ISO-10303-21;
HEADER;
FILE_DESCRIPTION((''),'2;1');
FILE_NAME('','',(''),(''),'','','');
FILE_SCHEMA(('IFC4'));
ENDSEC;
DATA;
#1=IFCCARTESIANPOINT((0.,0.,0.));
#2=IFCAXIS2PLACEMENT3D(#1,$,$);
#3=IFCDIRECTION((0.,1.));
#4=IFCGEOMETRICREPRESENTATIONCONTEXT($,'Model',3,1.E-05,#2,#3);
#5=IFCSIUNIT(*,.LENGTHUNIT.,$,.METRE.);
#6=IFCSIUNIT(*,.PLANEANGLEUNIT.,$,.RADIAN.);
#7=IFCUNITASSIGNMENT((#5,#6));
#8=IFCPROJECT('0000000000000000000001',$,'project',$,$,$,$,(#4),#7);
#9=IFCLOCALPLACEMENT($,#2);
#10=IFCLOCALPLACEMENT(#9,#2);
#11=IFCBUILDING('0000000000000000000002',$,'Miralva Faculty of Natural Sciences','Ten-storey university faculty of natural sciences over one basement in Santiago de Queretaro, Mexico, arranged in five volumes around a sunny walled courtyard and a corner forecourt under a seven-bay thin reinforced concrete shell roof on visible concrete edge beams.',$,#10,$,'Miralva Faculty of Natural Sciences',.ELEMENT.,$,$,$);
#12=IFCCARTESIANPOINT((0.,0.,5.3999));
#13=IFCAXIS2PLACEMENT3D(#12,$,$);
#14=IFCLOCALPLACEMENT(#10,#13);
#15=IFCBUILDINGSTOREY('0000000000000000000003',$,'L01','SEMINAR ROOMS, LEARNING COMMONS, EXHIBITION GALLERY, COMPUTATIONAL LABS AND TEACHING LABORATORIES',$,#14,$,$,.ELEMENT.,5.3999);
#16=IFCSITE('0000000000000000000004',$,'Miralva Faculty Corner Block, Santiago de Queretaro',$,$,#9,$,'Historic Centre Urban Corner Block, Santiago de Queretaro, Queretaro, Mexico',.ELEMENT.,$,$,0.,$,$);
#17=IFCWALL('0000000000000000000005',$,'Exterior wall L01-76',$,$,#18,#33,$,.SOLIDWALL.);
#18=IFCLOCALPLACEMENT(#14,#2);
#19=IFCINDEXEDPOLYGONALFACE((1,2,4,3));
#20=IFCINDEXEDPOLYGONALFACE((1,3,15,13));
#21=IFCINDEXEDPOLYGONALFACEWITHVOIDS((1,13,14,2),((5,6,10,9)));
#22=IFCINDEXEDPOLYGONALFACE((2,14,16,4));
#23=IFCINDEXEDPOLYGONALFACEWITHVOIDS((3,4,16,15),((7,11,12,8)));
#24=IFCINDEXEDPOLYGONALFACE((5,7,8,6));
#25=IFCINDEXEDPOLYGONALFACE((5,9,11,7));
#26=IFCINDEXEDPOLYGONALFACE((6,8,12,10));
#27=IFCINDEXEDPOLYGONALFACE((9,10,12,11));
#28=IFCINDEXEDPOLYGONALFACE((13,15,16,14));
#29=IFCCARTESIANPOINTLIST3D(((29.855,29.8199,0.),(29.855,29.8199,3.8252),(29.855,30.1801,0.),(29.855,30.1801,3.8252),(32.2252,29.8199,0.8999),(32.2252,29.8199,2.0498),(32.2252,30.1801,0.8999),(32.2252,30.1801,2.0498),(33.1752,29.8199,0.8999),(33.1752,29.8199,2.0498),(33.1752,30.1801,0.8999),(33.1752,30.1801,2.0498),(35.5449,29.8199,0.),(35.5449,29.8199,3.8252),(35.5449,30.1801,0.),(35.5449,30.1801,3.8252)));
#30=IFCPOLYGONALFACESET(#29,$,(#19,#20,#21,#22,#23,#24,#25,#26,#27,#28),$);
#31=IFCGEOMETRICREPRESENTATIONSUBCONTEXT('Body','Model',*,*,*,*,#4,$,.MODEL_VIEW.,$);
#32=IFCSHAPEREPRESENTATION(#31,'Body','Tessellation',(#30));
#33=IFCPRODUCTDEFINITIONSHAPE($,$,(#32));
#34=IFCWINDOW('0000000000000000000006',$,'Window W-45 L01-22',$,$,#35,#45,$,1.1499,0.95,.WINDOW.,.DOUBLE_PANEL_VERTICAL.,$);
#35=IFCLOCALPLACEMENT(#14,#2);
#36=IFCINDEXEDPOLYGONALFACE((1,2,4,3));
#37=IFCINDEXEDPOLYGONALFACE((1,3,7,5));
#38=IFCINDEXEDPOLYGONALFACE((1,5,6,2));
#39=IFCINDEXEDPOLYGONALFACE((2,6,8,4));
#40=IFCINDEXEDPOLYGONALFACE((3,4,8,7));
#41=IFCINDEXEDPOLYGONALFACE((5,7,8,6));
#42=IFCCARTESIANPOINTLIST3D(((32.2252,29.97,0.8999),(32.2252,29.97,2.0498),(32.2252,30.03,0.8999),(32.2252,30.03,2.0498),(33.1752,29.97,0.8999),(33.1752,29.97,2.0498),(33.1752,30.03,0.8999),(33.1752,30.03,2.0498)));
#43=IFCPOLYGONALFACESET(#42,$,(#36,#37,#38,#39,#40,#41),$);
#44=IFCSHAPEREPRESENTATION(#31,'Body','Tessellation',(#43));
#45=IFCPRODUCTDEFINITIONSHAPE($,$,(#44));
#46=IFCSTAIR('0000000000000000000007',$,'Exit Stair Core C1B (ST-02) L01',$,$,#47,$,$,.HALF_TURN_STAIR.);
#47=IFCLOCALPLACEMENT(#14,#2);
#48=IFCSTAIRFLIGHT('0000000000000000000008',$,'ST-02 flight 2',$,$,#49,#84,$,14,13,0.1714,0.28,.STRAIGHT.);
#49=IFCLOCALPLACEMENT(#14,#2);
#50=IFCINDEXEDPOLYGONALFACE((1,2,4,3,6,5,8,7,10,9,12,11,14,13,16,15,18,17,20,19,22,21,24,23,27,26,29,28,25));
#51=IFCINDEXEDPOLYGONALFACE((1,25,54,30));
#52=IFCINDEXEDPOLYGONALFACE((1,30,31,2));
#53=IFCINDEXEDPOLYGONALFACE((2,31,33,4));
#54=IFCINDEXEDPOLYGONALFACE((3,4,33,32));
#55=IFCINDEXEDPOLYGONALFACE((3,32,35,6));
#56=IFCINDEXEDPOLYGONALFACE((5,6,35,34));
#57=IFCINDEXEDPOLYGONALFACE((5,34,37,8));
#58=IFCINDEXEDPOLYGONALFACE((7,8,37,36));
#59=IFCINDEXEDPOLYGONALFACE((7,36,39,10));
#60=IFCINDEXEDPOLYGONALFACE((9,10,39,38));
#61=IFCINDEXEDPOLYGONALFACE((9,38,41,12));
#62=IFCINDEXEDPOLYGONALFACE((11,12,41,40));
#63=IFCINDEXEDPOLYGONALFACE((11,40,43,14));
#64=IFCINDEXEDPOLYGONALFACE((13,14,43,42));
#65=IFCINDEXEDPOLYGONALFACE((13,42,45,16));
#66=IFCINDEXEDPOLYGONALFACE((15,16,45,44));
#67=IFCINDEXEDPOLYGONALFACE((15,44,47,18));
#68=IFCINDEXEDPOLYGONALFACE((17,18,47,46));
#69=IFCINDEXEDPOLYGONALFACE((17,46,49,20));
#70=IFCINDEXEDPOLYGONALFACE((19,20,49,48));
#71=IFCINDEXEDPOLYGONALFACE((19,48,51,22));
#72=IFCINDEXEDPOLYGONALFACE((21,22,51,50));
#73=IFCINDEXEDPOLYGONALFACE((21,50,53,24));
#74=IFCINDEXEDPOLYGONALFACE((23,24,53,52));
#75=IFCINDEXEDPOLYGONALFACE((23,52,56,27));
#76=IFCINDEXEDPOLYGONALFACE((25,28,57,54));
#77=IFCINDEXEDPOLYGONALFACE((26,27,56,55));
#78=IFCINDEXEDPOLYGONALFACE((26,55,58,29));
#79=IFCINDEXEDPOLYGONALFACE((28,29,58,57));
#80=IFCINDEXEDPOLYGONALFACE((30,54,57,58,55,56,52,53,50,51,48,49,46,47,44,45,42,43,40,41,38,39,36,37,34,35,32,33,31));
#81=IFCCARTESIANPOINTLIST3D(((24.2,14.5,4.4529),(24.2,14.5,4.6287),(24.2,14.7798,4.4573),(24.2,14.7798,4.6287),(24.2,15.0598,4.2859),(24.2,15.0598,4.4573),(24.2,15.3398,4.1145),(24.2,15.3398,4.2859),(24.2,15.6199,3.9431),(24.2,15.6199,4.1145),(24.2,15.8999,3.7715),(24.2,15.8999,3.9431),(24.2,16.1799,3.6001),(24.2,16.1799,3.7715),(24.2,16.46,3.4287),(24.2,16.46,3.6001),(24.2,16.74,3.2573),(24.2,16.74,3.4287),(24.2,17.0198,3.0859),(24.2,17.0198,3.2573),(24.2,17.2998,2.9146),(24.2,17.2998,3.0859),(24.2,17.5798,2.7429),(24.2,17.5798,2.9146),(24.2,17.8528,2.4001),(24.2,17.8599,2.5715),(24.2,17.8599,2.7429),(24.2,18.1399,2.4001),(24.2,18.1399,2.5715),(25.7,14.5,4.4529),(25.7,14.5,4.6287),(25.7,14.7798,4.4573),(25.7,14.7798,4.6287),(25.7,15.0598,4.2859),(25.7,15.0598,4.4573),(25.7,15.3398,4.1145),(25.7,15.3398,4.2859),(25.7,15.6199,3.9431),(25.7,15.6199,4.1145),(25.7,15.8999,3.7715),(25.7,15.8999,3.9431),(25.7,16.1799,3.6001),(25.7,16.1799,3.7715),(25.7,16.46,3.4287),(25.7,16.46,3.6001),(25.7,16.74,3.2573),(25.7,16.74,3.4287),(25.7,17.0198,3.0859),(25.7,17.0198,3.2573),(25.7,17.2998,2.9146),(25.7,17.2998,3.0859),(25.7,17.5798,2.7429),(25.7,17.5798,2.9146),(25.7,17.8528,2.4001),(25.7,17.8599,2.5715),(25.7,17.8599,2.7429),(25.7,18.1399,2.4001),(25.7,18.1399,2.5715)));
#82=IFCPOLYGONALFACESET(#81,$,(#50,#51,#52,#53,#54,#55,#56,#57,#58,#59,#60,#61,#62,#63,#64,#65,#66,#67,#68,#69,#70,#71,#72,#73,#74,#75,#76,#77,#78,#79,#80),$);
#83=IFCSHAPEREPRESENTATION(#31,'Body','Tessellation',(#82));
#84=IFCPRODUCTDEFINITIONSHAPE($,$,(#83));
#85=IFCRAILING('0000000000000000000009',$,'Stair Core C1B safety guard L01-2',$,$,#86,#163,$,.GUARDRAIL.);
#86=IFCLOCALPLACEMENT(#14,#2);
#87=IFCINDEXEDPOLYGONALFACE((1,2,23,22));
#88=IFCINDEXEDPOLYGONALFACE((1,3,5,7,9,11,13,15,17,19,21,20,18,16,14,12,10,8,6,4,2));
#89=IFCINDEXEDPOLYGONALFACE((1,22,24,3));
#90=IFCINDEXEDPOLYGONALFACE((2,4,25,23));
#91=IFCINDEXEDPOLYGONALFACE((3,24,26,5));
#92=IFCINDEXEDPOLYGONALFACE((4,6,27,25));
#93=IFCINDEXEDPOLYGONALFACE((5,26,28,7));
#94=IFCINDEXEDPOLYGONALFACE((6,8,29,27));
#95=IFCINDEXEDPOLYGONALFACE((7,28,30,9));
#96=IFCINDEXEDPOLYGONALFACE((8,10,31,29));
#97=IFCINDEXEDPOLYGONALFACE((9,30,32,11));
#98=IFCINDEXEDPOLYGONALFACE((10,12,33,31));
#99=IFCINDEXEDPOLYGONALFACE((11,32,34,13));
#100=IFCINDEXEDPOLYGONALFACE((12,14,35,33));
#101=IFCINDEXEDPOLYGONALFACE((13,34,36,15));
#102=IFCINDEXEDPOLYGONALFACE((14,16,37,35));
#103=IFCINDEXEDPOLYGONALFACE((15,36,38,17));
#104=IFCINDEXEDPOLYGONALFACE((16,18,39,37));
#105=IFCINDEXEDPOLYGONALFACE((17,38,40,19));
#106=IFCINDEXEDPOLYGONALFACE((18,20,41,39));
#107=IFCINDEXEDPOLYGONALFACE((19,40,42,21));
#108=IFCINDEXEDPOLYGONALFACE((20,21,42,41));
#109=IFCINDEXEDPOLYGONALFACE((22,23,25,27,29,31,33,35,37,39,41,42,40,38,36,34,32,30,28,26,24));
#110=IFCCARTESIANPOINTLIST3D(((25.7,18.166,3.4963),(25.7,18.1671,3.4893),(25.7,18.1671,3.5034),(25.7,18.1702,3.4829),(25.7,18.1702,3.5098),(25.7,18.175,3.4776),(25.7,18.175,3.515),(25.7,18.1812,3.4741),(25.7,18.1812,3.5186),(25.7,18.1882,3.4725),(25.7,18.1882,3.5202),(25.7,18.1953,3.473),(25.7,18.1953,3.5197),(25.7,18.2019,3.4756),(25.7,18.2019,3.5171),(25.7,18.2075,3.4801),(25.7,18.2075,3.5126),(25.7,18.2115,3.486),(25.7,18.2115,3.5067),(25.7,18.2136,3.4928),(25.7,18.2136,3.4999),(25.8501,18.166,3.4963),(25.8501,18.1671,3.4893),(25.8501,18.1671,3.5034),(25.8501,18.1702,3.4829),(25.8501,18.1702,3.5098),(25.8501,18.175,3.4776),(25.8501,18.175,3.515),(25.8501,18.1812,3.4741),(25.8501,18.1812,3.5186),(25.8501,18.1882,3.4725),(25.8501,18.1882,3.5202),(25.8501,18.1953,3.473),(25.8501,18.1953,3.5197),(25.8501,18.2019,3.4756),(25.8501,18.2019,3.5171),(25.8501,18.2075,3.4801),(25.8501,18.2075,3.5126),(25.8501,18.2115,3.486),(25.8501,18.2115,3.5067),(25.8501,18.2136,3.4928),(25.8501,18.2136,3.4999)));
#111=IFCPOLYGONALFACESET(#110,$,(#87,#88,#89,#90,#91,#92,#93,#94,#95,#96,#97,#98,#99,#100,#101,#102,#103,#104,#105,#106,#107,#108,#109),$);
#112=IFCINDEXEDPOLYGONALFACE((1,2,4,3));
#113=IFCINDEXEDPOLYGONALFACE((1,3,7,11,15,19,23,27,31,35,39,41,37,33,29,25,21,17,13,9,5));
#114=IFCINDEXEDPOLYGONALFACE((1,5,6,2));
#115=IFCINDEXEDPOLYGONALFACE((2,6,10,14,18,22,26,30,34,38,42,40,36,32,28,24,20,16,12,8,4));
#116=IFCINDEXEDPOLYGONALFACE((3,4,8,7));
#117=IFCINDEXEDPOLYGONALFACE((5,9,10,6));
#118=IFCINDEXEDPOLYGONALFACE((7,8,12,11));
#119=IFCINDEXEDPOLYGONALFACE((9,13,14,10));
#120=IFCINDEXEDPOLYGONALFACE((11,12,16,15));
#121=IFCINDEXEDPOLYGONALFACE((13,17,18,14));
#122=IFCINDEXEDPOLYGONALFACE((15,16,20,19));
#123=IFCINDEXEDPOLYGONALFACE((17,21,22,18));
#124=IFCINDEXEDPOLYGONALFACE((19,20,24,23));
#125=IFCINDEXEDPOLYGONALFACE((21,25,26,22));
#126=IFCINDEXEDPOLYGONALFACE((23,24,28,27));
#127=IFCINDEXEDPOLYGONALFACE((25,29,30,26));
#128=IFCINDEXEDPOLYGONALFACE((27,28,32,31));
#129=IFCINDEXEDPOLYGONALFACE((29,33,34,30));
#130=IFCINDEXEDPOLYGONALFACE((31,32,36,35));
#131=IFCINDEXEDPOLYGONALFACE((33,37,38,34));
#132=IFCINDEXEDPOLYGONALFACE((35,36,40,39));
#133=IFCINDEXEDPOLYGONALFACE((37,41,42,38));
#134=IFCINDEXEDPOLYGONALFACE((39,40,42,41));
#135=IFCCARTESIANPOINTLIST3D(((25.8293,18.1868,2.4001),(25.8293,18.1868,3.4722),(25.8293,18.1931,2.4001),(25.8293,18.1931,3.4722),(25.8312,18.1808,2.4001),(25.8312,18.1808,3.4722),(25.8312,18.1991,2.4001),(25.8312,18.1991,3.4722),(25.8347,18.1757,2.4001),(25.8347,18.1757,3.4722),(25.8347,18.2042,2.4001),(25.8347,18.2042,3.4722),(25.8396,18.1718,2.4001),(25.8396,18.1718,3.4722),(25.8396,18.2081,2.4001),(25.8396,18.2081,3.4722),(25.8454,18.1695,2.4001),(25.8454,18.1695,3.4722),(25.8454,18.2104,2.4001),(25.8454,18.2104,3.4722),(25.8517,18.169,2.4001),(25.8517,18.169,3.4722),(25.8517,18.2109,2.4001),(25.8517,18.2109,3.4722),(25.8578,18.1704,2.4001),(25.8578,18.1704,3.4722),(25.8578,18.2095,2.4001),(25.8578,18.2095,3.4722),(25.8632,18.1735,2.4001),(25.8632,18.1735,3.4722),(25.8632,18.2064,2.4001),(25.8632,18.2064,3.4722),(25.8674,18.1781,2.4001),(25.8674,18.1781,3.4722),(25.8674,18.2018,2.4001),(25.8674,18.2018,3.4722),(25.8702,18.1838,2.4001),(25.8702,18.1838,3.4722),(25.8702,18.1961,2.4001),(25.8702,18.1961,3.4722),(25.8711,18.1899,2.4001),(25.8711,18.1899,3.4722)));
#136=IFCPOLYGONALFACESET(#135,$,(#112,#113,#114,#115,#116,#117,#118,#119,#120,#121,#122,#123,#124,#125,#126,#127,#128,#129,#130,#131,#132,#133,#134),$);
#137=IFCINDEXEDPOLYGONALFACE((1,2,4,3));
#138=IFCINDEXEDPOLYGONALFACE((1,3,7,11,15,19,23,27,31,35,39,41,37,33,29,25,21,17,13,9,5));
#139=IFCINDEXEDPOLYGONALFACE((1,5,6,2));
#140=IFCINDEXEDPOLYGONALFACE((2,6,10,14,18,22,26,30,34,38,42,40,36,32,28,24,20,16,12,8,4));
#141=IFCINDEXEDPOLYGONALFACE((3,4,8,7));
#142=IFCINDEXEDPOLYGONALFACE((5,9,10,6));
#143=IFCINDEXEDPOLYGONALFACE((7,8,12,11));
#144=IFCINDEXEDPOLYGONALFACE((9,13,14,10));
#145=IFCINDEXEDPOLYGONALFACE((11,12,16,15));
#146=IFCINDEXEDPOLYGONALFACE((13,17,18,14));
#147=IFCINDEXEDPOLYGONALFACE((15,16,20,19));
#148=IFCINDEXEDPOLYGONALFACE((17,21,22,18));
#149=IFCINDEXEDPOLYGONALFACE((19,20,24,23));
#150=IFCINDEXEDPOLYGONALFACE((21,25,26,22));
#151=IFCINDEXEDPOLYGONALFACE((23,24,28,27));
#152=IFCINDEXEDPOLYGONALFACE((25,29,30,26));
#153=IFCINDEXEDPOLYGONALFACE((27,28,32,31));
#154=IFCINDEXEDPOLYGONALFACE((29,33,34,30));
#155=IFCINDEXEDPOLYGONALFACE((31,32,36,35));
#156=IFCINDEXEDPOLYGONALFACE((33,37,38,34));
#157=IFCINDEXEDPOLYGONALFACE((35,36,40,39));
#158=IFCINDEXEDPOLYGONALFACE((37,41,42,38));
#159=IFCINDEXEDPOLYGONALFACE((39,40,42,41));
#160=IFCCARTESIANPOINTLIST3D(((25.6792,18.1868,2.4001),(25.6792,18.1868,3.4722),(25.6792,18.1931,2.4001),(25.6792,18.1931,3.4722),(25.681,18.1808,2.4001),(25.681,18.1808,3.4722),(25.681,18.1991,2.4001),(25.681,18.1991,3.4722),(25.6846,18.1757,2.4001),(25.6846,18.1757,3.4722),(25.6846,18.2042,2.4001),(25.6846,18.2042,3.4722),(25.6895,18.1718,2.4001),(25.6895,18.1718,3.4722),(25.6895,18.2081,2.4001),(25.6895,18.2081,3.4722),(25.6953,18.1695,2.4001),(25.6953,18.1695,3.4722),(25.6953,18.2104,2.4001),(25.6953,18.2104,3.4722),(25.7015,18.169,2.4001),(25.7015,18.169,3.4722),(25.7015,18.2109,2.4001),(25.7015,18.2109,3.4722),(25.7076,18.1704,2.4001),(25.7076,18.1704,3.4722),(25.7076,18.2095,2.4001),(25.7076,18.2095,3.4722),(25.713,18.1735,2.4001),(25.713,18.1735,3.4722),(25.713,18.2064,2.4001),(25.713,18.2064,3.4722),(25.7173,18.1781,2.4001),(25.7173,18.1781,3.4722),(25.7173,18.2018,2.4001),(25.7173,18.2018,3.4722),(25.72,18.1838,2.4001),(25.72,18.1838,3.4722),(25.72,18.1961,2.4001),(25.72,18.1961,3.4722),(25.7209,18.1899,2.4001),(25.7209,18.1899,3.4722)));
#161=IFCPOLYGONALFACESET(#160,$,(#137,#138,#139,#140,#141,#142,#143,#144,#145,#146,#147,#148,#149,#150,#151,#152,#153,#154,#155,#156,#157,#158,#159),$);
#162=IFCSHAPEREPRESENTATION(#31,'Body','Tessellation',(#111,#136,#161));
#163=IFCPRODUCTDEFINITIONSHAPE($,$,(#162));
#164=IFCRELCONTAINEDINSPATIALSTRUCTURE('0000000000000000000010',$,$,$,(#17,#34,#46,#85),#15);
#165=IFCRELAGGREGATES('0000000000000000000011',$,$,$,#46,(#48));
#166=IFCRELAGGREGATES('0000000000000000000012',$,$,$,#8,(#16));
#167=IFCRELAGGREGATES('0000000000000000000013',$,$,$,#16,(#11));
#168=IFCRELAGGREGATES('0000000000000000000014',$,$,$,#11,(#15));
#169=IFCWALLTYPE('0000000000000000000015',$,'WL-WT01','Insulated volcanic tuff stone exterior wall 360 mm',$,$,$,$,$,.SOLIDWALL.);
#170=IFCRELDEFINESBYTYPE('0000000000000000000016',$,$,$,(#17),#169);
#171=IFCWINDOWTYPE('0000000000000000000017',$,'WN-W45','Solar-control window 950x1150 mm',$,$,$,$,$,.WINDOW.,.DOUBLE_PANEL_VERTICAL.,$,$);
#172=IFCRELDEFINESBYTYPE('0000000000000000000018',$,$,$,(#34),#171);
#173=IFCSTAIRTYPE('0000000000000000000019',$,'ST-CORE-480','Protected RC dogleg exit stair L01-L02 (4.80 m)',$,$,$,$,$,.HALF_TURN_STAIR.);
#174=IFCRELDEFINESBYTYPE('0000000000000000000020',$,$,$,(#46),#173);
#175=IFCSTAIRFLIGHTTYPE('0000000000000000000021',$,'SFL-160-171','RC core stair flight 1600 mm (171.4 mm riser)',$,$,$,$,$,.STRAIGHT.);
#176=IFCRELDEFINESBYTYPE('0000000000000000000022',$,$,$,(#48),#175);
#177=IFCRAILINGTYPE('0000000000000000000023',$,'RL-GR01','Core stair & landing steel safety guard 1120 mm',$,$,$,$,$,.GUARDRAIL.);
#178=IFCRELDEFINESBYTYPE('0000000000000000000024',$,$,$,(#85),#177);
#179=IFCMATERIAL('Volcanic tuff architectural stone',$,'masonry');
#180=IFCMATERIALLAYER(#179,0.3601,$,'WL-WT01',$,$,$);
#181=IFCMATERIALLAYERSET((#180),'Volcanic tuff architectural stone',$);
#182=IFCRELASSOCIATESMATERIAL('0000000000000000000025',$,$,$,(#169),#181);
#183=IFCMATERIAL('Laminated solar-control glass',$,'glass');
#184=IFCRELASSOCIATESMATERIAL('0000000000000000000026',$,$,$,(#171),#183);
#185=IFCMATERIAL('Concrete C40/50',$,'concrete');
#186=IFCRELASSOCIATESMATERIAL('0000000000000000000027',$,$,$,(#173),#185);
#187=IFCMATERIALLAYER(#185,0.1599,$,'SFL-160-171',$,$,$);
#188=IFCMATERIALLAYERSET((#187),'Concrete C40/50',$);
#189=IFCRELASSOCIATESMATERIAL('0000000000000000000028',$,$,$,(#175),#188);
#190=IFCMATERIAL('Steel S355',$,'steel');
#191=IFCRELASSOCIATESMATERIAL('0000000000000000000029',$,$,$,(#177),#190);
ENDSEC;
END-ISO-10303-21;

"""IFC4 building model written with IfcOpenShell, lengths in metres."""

from ifc_helpers import new_model, si_unit, direction, frame, frame_2d, origin, origin_2d, place, context, subcontext, project, spatial, polyline, rectangle, circle, outline, extrude, material, layer, layer_set, type_object, element, fill, aggregate, save


model = new_model("IFC4")

# Units and contexts
model_context = context("Model", 3, precision=1e-05, world=origin(), true_north=direction((0.0, 1.0)))
body_context = subcontext(model_context, "Body", "Model", "MODEL_VIEW")
ifc_project = project(units=[si_unit("LENGTHUNIT", "METRE"), si_unit("PLANEANGLEUNIT", "RADIAN")], contexts=[model_context])

# Site, building, storey
site_placement = place(None, origin())
site = spatial("IfcSite", under=ifc_project, at=site_placement, Name="Miralva Faculty Corner Block, Santiago de Queretaro", LongName="Historic Centre Urban Corner Block, Santiago de Queretaro, Queretaro, Mexico", CompositionType="ELEMENT", RefElevation=0.0)
building_placement = place(site_placement, origin())
building = spatial("IfcBuilding", under=site, at=building_placement, Name="Miralva Faculty of Natural Sciences", Description="Ten-storey university faculty of natural sciences over one basement in Santiago de Queretaro, Mexico, arranged in five volumes around a sunny walled courtyard and a corner forecourt under a seven-bay thin reinforced concrete shell roof on visible concrete edge beams.", LongName="Miralva Faculty of Natural Sciences", CompositionType="ELEMENT")
storey_placement = place(building_placement, frame((0.0, 0.0, 5.3999)))
storey = spatial("IfcBuildingStorey", under=building, at=storey_placement, Name="L01", Description="SEMINAR ROOMS, LEARNING COMMONS, EXHIBITION GALLERY, COMPUTATIONAL LABS AND TEACHING LABORATORIES", CompositionType="ELEMENT", Elevation=5.3999)

# Shared definitions
ifc_material_1 = material(Name="Concrete C40/50", Category="concrete")

# Shared definitions
ifc_material_2 = material(Name="Laminated solar-control glass", Category="glass")

# Wall, opening, window
ifc_material_3 = material(Name="Volcanic tuff architectural stone", Category="masonry")
ifc_layer_1 = layer(ifc_material_3, 0.3601, Name="WL-WT01")
ifc_layer_set_1 = layer_set([ifc_layer_1], Name="Volcanic tuff architectural stone")
wall_type_1 = type_object("IfcWallType", Name="WL-WT01", Description="Insulated volcanic tuff stone exterior wall 360 mm", PredefinedType="SOLIDWALL", material=ifc_layer_set_1)
wall_1_placement = place(storey_placement, frame((29.855, 30.0, 0.0), z_axis=(0.0, 0.0, 1.0), x_axis=(1.0, 0.0, 0.0)))
wall_1 = element("IfcWall", 1, at=wall_1_placement, inside=storey, type_object=wall_type_1, Name="Exterior wall L01-76", PredefinedType="SOLIDWALL", context=body_context, shape_type="SweptSolid", body=[
    extrude(rectangle(XDim=5.6899, YDim=0.3601, at=frame_2d((2.845, 0.0))), origin(), (0.0, 0.0, 1.0), 3.8252),
])
opening_placement = place(wall_1_placement, frame((2.3701, 0.0, 0.8999)))
opening = element("IfcOpeningElement", 2, at=opening_placement, cuts=wall_1, PredefinedType="OPENING", context=body_context, shape_type="SweptSolid", body=[
    extrude(rectangle(XDim=0.95, YDim=1.1499, at=frame_2d((0.4751, 0.575))), frame((0.0, 0.1899, 0.0), z_axis=(0.0, -1.0, 0.0), x_axis=(1.0, 0.0, 0.0)), (0.0, 0.0, 1.0), 0.3801),
])
window_type = type_object("IfcWindowType", Name="WN-W45", Description="Solar-control window 950x1150 mm", PartitioningType="DOUBLE_PANEL_VERTICAL", PredefinedType="WINDOW", material=ifc_material_2)
window_placement = place(opening_placement, origin())
window = element("IfcWindow", 3, at=window_placement, inside=storey, type_object=window_type, Name="Window W-45 L01-22", OverallHeight=1.1499, OverallWidth=0.95, PartitioningType="DOUBLE_PANEL_VERTICAL", PredefinedType="WINDOW", context=body_context, shape_type="SweptSolid", body=[
    extrude(rectangle(XDim=0.95, YDim=1.1499, at=frame_2d((0.4751, 0.575))), frame((0.0, 0.03, 0.0), z_axis=(0.0, -1.0, 0.0), x_axis=(1.0, 0.0, 0.0)), (0.0, 0.0, 1.0), 0.0601),
])
fill(opening, window)

# Stair, stair flight
stair_type = type_object("IfcStairType", Name="ST-CORE-480", Description="Protected RC dogleg exit stair L01-L02 (4.80 m)", PredefinedType="HALF_TURN_STAIR", material=ifc_material_1)
stair_placement = place(storey_placement, origin())
stair = element("IfcStair", 4, at=stair_placement, inside=storey, type_object=stair_type, Name="Exit Stair Core C1B (ST-02) L01", PredefinedType="HALF_TURN_STAIR")
ifc_layer_2 = layer(ifc_material_1, 0.1599, Name="SFL-160-171")
ifc_layer_set_2 = layer_set([ifc_layer_2], Name="Concrete C40/50")
stair_flight_type = type_object("IfcStairFlightType", Name="SFL-160-171", Description="RC core stair flight 1600 mm (171.4 mm riser)", PredefinedType="STRAIGHT", material=ifc_layer_set_2)
stair_flight_placement = place(storey_placement, frame((24.95, 18.1399, 2.4001), z_axis=(0.0, 0.0, 1.0), x_axis=(0.0, -1.0, 0.0)))
stair_flight = element("IfcStairFlight", 5, at=stair_flight_placement, type_object=stair_flight_type, Name="ST-02 flight 2", NumberOfRisers=14, NumberOfTreads=13, PredefinedType="STRAIGHT", RiserHeight=0.1714, TreadLength=0.28, context=body_context, shape_type="SweptSolid", body=[
    extrude(outline(polyline([(0.0, 0.0), (0.0, 0.1714), (0.28, 0.1714), (0.28, 0.3428), (0.5601, 0.3428), (0.5601, 0.5144), (0.8401, 0.5144), (0.8401, 0.6858), (1.1201, 0.6858), (1.1201, 0.8572), (1.3999, 0.8572), (1.3999, 1.0286), (1.6799, 1.0286), (1.6799, 1.2), (1.96, 1.2), (1.96, 1.3713), (2.24, 1.3713), (2.24, 1.543), (2.52, 1.543), (2.52, 1.7144), (2.8, 1.7144), (2.8, 1.8857), (3.0801, 1.8857), (3.0801, 2.0571), (3.3601, 2.0571), (3.3601, 2.2285), (3.6399, 2.2285), (3.6399, 2.3999), (3.6399, 2.0527), (0.2871, 0.0), (0.0, 0.0)])), frame((0.0, 0.75, 0.0), z_axis=(0.0, -1.0, 0.0), x_axis=(1.0, 0.0, 0.0)), (0.0, 0.0, 1.0), 1.5),
])
aggregate(stair, [stair_flight])

# Railing
ifc_material_4 = material(Name="Steel S355", Category="steel")
railing_type = type_object("IfcRailingType", Name="RL-GR01", Description="Core stair & landing steel safety guard 1120 mm", PredefinedType="GUARDRAIL", material=ifc_material_4)
railing_1_placement = place(storey_placement, frame((25.8501, 18.1899, 2.4001)))
element("IfcRailing", 6, at=railing_1_placement, inside=storey, type_object=railing_type, Name="Stair Core C1B safety guard L01-2", PredefinedType="GUARDRAIL", context=body_context, shape_type="SweptSolid", body=[
    extrude(circle(Radius=0.0239, at=origin_2d()), frame((0.0, 0.0, 1.0962), z_axis=(-1.0, 0.0, 0.0), x_axis=(0.0, -1.0, 0.0)), (0.0, 0.0, 1.0), 0.1501),
    extrude(circle(Radius=0.021, at=origin_2d()), origin(), (0.0, 0.0, 1.0), 1.072),
    extrude(circle(Radius=0.021, at=origin_2d()), frame((-0.1501, 0.0, 0.0)), (0.0, 0.0, 1.0), 1.072),
])

save(model, "model.ifc")
